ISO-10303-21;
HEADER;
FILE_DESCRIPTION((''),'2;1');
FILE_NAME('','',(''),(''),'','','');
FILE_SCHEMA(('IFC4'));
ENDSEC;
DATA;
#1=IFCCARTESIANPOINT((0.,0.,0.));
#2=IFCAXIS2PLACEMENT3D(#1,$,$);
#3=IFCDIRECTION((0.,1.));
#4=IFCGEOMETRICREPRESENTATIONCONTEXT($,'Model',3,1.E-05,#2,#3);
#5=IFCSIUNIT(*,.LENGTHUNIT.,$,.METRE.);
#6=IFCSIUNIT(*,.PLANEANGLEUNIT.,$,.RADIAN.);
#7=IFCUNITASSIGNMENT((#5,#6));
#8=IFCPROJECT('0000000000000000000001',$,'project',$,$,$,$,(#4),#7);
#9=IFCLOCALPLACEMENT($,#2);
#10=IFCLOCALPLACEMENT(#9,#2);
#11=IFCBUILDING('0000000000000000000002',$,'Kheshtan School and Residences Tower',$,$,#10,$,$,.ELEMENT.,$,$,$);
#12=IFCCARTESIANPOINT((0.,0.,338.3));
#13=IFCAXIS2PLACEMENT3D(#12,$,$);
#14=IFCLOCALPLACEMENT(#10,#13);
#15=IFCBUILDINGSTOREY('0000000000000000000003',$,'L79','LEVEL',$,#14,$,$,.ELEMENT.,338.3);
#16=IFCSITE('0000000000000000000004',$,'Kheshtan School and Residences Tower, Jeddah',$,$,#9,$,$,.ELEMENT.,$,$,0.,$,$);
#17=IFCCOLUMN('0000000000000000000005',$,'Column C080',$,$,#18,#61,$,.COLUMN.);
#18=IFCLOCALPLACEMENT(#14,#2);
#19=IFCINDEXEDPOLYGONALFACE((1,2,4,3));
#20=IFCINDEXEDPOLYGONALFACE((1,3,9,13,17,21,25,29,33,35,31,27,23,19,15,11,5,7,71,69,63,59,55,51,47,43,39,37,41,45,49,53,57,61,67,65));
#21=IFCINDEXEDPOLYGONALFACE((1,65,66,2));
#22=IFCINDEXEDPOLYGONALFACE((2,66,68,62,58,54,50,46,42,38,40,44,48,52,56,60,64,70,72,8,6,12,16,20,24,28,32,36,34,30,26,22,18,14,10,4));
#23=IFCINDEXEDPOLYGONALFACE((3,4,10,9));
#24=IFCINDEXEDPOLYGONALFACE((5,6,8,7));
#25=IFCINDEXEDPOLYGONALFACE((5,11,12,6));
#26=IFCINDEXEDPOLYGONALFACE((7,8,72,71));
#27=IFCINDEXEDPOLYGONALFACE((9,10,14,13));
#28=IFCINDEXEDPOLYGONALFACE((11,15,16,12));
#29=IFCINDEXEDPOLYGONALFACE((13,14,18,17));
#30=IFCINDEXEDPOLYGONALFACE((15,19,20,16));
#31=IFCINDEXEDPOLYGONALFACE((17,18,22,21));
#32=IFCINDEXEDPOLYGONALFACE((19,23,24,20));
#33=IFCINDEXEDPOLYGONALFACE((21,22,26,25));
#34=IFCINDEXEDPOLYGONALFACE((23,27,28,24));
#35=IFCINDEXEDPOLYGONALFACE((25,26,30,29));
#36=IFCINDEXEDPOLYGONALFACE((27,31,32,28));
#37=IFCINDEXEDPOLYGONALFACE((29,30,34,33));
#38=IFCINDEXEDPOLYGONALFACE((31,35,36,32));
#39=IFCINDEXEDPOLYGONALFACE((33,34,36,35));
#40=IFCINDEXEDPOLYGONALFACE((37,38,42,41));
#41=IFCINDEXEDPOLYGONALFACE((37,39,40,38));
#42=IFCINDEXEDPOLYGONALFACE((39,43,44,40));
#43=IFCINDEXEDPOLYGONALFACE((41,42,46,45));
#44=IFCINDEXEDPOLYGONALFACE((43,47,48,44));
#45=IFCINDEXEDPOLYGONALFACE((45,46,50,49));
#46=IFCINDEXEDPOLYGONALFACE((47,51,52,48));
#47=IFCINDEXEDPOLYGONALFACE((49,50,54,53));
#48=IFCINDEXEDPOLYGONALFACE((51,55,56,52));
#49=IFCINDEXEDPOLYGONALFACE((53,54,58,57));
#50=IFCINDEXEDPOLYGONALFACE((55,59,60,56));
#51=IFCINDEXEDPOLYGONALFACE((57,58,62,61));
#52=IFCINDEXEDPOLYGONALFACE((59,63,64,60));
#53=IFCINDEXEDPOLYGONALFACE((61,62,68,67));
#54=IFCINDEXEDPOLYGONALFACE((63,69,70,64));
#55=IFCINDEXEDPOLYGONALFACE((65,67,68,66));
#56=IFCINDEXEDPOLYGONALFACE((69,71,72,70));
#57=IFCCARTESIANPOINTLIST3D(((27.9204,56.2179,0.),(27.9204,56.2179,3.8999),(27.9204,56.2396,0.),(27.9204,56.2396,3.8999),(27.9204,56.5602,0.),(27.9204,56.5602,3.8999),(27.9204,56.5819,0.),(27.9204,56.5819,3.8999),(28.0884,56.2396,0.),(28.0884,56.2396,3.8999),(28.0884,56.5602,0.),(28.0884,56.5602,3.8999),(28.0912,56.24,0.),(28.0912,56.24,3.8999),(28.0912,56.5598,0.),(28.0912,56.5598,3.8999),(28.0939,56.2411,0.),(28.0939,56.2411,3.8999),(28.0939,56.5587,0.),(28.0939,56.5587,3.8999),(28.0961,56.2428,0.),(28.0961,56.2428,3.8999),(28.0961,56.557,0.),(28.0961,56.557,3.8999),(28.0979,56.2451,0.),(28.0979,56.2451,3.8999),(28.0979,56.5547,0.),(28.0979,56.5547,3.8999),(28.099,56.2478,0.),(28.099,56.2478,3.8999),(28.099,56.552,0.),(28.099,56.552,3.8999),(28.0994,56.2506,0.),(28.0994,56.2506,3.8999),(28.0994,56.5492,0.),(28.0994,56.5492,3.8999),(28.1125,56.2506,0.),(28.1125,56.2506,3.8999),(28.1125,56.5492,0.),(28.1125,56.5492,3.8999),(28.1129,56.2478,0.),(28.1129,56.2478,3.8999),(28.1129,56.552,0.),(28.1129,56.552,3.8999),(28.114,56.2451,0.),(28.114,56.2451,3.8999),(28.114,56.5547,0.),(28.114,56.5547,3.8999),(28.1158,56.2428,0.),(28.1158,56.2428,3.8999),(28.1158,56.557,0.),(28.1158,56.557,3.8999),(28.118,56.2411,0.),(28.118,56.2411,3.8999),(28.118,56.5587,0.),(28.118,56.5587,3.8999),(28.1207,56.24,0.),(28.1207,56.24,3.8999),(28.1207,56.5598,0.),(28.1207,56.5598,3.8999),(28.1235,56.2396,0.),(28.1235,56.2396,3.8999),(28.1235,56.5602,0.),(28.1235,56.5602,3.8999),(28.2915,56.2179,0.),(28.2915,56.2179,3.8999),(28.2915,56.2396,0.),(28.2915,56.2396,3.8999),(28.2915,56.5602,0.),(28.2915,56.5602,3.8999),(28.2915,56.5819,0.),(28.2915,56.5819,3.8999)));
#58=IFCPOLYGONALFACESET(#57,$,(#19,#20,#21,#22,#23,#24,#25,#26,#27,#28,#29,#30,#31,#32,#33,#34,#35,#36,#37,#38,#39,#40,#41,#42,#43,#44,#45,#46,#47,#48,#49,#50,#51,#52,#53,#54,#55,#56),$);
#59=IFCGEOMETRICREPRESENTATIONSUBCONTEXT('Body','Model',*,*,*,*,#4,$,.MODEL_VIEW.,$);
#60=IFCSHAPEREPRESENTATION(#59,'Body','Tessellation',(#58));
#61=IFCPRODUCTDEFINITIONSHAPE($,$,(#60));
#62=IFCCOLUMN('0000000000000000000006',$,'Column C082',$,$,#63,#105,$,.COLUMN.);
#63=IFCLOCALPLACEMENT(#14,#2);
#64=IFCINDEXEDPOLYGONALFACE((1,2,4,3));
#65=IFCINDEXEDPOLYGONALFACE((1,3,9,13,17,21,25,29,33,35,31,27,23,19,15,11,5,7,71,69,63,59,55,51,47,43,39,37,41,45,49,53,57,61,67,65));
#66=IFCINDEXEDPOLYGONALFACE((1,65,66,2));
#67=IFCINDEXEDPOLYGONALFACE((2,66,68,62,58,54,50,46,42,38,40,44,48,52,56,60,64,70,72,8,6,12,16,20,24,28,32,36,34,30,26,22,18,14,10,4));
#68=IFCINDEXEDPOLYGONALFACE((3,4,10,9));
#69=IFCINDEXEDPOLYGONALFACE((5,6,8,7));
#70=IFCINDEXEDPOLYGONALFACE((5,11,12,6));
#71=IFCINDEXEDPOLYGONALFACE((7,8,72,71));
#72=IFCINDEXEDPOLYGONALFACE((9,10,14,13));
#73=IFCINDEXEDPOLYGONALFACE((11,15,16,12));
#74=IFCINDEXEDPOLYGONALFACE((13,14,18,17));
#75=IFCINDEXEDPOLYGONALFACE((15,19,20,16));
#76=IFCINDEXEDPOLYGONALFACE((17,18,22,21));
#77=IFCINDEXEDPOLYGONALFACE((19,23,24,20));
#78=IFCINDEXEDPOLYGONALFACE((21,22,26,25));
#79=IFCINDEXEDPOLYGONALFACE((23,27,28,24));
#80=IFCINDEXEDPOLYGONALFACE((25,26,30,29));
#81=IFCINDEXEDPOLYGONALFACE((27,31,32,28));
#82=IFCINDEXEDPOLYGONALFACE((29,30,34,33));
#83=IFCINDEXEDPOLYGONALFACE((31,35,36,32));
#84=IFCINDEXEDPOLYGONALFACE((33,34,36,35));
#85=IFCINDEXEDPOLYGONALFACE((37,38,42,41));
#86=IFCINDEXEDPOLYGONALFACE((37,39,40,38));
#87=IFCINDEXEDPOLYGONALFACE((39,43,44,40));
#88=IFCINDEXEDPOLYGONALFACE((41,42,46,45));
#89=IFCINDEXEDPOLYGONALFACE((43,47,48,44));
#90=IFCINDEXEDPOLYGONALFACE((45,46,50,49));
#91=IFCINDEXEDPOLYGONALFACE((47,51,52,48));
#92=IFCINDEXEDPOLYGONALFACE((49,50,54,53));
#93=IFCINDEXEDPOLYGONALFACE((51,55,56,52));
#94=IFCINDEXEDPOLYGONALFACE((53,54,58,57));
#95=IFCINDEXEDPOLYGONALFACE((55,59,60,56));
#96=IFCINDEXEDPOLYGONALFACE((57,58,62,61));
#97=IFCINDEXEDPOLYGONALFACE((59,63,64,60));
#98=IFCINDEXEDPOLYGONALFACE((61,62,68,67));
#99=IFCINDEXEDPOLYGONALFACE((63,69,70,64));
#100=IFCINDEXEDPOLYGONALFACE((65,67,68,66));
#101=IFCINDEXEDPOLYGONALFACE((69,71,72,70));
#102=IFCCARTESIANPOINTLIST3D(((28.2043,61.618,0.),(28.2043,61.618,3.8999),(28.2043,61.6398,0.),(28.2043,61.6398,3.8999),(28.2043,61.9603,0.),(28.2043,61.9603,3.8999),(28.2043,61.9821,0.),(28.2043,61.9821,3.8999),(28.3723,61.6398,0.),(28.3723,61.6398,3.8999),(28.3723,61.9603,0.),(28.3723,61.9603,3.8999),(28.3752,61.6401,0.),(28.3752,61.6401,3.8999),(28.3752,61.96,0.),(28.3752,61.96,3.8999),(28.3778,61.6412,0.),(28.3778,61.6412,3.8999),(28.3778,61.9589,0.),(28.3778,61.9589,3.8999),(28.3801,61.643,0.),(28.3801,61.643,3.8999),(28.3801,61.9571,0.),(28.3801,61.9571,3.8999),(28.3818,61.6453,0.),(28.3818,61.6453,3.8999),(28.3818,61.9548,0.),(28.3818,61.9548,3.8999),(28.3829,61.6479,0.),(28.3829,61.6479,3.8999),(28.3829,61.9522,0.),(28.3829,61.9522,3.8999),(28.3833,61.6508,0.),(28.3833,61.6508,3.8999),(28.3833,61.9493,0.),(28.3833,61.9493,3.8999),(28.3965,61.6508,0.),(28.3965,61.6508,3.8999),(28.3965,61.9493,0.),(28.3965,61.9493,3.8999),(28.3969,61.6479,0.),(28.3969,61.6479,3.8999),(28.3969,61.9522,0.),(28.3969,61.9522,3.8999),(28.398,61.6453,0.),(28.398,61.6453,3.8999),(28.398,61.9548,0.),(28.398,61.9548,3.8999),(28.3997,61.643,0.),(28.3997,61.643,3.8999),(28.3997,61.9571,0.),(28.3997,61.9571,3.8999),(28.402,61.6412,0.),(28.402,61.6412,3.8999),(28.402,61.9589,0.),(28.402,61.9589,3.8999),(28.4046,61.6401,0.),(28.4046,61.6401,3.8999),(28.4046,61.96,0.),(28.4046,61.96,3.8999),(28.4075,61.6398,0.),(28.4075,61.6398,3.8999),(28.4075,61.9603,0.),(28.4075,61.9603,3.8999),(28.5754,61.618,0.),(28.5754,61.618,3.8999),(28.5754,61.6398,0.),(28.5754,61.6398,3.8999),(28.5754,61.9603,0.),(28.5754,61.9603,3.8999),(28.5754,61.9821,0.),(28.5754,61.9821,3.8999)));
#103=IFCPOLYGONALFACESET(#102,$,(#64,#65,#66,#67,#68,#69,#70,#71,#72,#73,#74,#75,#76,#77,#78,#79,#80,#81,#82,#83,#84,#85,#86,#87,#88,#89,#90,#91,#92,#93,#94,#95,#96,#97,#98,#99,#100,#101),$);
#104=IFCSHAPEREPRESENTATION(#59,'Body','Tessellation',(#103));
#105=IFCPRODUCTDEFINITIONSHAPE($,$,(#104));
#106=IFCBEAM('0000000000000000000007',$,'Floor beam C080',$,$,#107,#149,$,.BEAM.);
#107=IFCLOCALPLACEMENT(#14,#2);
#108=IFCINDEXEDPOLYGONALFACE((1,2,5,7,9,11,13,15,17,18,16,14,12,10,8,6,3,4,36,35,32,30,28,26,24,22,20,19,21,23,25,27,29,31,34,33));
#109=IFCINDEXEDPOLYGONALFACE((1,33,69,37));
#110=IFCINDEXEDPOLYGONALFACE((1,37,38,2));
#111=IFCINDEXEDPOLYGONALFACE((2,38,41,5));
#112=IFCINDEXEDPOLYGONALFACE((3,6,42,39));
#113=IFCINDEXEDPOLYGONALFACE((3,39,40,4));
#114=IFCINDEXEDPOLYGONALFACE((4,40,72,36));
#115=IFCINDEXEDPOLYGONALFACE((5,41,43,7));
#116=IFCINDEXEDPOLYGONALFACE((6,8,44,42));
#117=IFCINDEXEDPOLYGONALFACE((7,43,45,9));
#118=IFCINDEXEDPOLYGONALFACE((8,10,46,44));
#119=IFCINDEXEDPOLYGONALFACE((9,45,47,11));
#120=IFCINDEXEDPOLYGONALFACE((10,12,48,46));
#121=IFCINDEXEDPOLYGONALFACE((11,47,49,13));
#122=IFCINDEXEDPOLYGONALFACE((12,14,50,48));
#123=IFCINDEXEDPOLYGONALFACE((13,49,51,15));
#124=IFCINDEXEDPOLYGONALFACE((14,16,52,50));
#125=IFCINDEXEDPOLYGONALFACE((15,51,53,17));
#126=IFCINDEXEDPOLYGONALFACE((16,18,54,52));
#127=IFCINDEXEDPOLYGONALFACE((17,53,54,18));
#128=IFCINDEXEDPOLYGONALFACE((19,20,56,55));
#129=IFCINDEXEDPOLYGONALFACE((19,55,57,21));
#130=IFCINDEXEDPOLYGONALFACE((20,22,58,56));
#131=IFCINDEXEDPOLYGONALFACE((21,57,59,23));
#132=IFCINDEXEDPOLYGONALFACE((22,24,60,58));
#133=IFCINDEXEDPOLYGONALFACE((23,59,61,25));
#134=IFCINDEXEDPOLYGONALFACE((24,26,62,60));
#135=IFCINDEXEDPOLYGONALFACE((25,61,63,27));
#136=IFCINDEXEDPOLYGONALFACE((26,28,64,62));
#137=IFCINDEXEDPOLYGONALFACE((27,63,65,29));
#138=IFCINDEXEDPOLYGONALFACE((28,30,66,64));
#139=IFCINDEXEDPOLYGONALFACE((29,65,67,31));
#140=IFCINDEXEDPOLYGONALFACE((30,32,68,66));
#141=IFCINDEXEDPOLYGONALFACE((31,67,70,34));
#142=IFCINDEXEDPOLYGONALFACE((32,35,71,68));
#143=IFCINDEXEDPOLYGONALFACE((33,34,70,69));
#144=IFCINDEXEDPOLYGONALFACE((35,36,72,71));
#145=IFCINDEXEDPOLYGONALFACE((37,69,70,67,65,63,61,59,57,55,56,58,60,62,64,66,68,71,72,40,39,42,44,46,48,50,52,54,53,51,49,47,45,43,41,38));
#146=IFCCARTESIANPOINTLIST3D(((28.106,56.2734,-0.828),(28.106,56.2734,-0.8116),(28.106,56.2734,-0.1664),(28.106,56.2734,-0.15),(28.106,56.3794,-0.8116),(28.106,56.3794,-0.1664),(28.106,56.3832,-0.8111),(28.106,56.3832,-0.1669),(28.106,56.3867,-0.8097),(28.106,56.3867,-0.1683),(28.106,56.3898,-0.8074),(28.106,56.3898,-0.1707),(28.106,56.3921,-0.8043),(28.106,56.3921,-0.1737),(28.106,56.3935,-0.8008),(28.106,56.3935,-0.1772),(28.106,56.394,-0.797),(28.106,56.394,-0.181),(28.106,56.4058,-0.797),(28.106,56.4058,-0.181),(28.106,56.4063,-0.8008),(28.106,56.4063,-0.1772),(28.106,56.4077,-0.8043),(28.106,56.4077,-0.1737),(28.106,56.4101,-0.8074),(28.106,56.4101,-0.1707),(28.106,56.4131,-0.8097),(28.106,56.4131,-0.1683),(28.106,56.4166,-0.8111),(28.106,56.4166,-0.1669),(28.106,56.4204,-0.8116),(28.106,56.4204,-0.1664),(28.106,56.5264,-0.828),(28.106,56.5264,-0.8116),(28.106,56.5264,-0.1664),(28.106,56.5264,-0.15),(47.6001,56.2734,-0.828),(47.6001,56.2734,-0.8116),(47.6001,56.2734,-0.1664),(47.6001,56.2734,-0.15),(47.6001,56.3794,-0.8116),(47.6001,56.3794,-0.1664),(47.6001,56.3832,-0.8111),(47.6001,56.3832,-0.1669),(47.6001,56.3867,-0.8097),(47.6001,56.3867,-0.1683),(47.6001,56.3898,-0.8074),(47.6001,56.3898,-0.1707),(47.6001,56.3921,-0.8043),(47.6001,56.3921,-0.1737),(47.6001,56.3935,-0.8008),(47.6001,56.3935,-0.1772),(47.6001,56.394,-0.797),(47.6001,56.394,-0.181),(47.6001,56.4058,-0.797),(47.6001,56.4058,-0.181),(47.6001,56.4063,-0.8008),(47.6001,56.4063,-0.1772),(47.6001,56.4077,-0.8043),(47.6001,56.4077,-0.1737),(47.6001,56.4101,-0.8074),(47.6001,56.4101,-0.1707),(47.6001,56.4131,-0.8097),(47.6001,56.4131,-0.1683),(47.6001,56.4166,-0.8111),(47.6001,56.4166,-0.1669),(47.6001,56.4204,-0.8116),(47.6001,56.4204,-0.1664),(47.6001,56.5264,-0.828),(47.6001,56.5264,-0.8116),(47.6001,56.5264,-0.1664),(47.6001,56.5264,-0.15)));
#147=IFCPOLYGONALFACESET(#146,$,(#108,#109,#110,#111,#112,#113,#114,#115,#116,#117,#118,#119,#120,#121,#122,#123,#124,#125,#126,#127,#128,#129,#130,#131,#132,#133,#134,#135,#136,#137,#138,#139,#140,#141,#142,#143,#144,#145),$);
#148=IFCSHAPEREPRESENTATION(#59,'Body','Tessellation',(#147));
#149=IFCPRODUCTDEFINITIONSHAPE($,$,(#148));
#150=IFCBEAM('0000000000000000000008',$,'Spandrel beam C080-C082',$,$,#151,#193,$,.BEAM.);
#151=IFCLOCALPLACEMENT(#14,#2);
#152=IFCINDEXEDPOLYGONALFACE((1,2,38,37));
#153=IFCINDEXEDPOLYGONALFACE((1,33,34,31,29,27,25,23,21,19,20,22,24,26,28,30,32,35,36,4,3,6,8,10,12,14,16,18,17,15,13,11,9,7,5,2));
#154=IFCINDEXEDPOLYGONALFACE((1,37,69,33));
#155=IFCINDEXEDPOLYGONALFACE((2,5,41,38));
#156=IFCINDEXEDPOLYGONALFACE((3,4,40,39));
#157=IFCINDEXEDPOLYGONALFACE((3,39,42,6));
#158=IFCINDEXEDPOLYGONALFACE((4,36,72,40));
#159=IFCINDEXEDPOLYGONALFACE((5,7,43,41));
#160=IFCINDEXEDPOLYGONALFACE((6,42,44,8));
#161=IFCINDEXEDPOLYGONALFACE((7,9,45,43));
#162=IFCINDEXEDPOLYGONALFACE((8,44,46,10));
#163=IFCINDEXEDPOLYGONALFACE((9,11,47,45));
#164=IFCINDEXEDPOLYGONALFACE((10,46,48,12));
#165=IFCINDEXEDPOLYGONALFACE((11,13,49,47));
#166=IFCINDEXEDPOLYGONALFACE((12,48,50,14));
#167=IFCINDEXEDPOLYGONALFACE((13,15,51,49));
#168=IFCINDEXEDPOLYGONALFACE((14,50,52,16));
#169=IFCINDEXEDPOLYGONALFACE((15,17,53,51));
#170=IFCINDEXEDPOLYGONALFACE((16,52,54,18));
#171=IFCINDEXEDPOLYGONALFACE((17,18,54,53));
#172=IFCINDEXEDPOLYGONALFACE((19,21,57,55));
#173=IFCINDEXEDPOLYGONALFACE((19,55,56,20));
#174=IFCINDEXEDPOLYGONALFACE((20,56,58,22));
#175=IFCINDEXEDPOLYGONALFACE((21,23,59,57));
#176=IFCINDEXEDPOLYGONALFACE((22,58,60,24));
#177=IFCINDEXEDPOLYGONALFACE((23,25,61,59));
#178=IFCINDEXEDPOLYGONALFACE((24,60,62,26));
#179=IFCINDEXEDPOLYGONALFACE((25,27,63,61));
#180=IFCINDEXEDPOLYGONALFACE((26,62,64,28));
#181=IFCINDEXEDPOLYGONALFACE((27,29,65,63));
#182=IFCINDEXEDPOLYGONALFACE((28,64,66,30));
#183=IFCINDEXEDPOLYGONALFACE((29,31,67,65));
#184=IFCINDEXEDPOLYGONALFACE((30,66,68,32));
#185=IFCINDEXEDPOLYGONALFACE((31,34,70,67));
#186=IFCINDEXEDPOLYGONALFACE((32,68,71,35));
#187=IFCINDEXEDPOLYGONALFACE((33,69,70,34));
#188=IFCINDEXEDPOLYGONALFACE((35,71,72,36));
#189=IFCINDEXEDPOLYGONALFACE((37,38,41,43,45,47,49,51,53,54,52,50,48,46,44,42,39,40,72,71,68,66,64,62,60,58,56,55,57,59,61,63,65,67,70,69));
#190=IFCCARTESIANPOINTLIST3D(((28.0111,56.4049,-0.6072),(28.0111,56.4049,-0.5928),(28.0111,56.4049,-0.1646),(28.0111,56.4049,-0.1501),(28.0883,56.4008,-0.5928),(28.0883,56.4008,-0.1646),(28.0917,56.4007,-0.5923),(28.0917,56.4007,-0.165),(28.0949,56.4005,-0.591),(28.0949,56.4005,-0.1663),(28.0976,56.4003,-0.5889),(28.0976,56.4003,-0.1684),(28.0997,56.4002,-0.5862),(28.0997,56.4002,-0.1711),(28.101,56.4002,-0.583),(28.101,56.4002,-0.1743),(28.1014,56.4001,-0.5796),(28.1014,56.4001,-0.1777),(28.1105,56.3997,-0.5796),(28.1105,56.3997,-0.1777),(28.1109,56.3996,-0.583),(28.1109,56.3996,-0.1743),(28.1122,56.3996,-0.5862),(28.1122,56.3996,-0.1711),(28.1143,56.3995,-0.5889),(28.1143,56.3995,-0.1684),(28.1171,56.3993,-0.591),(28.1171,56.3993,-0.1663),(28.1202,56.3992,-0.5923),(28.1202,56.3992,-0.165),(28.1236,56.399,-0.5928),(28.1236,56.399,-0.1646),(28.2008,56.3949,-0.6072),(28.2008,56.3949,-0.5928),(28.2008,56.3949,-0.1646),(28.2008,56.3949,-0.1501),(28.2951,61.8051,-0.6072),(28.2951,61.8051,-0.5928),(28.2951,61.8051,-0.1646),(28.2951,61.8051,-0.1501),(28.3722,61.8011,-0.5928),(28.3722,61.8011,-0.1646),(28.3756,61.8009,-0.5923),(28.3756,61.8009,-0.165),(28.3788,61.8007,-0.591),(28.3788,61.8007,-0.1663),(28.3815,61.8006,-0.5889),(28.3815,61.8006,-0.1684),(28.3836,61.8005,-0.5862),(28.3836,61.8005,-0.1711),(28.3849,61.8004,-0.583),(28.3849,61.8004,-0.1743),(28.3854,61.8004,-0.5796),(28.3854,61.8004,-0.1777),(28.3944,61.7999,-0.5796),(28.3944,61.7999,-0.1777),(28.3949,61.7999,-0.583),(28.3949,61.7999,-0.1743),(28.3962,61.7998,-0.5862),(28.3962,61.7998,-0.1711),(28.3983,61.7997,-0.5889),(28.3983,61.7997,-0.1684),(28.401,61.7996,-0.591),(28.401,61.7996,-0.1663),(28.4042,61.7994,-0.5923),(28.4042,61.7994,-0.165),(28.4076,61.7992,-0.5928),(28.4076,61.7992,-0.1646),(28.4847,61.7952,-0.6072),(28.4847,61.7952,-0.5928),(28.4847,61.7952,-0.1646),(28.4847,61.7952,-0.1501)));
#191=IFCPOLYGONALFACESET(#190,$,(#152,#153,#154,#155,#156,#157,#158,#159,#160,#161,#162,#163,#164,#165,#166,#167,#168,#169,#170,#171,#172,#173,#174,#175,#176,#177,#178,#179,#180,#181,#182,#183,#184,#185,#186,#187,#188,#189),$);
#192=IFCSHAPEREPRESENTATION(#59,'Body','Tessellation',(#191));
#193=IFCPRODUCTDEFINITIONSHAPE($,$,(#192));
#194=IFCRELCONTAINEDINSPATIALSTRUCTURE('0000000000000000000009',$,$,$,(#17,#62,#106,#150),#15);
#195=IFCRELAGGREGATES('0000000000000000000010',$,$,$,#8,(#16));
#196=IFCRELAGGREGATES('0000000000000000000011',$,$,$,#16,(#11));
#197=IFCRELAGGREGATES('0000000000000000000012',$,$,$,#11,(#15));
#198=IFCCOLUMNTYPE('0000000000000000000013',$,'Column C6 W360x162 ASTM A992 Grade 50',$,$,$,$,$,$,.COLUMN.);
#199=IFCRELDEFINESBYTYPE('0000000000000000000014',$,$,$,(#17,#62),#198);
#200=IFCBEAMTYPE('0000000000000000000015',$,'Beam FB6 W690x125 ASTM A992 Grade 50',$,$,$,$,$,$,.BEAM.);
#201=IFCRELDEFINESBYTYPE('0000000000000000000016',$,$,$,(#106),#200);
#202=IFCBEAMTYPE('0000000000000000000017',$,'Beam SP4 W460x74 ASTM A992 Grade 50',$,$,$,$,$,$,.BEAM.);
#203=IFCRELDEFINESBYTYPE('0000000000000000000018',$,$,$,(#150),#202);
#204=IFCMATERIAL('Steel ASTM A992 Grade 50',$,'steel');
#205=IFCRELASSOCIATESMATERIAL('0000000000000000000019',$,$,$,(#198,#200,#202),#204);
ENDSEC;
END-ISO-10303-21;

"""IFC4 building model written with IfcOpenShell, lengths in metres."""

from ifc_helpers import new_model, si_unit, direction, frame, origin, origin_2d, place, context, subcontext, project, spatial, i_section, extrude, material, material_profile, profile_set, type_object, element, save


model = new_model("IFC4")

# Units and contexts
model_context = context("Model", 3, precision=1e-05, world=origin(), true_north=direction((0.0, 1.0)))
body_context = subcontext(model_context, "Body", "Model", "MODEL_VIEW")
ifc_project = project(units=[si_unit("LENGTHUNIT", "METRE"), si_unit("PLANEANGLEUNIT", "RADIAN")], contexts=[model_context])

# Site, building, storey
site_placement = place(None, origin())
site = spatial("IfcSite", under=ifc_project, at=site_placement, Name="Kheshtan School and Residences Tower, Jeddah", CompositionType="ELEMENT", RefElevation=0.0)
building_placement = place(site_placement, origin())
building = spatial("IfcBuilding", under=site, at=building_placement, Name="Kheshtan School and Residences Tower", CompositionType="ELEMENT")
storey_placement = place(building_placement, frame((0.0, 0.0, 338.3)))
storey = spatial("IfcBuildingStorey", under=building, at=storey_placement, Name="L79", Description="LEVEL", CompositionType="ELEMENT", Elevation=338.3)

# Columns
ifc_material_1 = material(Name="Steel ASTM A992 Grade 50", Category="steel")
ifc_material_profile_1 = material_profile(ifc_material_1, i_section(OverallWidth=0.3711, OverallDepth=0.364, WebThickness=0.0132, FlangeThickness=0.0217, FilletRadius=0.011, at=origin_2d()), Name="W360x162")
ifc_profile_set_1 = profile_set([ifc_material_profile_1], Name="Steel ASTM A992 Grade 50")
column_type = type_object("IfcColumnType", Name="Column C6 W360x162 ASTM A992 Grade 50", PredefinedType="COLUMN", material=ifc_profile_set_1)
for number, where, z_axis, x_axis, name in (
    (1, (28.106, 56.3999, 0.0), (0.0, 0.0, 1.0), (1.0, 0.0, 0.0), "Column C080"),
    (2, (28.3899, 61.8, 0.0), (0.0, 0.0, 1.0), (1.0, 0.0, 0.0), "Column C082"),
):
    element("IfcColumn", number, at=place(storey_placement, frame(where, z_axis=z_axis, x_axis=x_axis)), inside=storey, type_object=column_type, Name=name, PredefinedType="COLUMN", context=body_context, shape_type="SweptSolid", body=[
        extrude(i_section(OverallWidth=0.3711, OverallDepth=0.364, WebThickness=0.0132, FlangeThickness=0.0217, FilletRadius=0.011, at=origin_2d()), origin(), (0.0, 0.0, 1.0), 3.8999),
    ])

# Beams
ifc_material_profile_2 = material_profile(ifc_material_1, i_section(OverallWidth=0.2529, OverallDepth=0.678, WebThickness=0.0117, FlangeThickness=0.0164, FilletRadius=0.0146, at=origin_2d()), Name="W690x125")
ifc_profile_set_2 = profile_set([ifc_material_profile_2], Name="Steel ASTM A992 Grade 50")
beam_type_1 = type_object("IfcBeamType", Name="Beam FB6 W690x125 ASTM A992 Grade 50", PredefinedType="BEAM", material=ifc_profile_set_2)
beam_1_placement = place(storey_placement, frame((28.106, 56.3999, -0.489), z_axis=(1.0, 0.0, 0.0), x_axis=(0.0, 1.0, 0.0)))
element("IfcBeam", 3, at=beam_1_placement, inside=storey, type_object=beam_type_1, Name="Floor beam C080", PredefinedType="BEAM", context=body_context, shape_type="SweptSolid", body=[
    extrude(i_section(OverallWidth=0.2529, OverallDepth=0.678, WebThickness=0.0117, FlangeThickness=0.0164, FilletRadius=0.0146, at=origin_2d()), origin(), (0.0, 0.0, 1.0), 19.4941),
])
ifc_material_profile_3 = material_profile(ifc_material_1, i_section(OverallWidth=0.1899, OverallDepth=0.457, WebThickness=0.009, FlangeThickness=0.0144, FilletRadius=0.0132, at=origin_2d()), Name="W460x74")
ifc_profile_set_3 = profile_set([ifc_material_profile_3], Name="Steel ASTM A992 Grade 50")
beam_type_2 = type_object("IfcBeamType", Name="Beam SP4 W460x74 ASTM A992 Grade 50", PredefinedType="BEAM", material=ifc_profile_set_3)
beam_2_placement = place(storey_placement, frame((28.106, 56.3999, -0.3787), z_axis=(0.052507, 0.998621, 0.0), x_axis=(-0.998621, 0.052507, 0.0)))
element("IfcBeam", 4, at=beam_2_placement, inside=storey, type_object=beam_type_2, Name="Spandrel beam C080-C082", PredefinedType="BEAM", context=body_context, shape_type="SweptSolid", body=[
    extrude(i_section(OverallWidth=0.1899, OverallDepth=0.457, WebThickness=0.009, FlangeThickness=0.0144, FilletRadius=0.0132, at=origin_2d()), origin(), (0.0, 0.0, 1.0), 5.4077),
])

save(model, "model.ifc")
